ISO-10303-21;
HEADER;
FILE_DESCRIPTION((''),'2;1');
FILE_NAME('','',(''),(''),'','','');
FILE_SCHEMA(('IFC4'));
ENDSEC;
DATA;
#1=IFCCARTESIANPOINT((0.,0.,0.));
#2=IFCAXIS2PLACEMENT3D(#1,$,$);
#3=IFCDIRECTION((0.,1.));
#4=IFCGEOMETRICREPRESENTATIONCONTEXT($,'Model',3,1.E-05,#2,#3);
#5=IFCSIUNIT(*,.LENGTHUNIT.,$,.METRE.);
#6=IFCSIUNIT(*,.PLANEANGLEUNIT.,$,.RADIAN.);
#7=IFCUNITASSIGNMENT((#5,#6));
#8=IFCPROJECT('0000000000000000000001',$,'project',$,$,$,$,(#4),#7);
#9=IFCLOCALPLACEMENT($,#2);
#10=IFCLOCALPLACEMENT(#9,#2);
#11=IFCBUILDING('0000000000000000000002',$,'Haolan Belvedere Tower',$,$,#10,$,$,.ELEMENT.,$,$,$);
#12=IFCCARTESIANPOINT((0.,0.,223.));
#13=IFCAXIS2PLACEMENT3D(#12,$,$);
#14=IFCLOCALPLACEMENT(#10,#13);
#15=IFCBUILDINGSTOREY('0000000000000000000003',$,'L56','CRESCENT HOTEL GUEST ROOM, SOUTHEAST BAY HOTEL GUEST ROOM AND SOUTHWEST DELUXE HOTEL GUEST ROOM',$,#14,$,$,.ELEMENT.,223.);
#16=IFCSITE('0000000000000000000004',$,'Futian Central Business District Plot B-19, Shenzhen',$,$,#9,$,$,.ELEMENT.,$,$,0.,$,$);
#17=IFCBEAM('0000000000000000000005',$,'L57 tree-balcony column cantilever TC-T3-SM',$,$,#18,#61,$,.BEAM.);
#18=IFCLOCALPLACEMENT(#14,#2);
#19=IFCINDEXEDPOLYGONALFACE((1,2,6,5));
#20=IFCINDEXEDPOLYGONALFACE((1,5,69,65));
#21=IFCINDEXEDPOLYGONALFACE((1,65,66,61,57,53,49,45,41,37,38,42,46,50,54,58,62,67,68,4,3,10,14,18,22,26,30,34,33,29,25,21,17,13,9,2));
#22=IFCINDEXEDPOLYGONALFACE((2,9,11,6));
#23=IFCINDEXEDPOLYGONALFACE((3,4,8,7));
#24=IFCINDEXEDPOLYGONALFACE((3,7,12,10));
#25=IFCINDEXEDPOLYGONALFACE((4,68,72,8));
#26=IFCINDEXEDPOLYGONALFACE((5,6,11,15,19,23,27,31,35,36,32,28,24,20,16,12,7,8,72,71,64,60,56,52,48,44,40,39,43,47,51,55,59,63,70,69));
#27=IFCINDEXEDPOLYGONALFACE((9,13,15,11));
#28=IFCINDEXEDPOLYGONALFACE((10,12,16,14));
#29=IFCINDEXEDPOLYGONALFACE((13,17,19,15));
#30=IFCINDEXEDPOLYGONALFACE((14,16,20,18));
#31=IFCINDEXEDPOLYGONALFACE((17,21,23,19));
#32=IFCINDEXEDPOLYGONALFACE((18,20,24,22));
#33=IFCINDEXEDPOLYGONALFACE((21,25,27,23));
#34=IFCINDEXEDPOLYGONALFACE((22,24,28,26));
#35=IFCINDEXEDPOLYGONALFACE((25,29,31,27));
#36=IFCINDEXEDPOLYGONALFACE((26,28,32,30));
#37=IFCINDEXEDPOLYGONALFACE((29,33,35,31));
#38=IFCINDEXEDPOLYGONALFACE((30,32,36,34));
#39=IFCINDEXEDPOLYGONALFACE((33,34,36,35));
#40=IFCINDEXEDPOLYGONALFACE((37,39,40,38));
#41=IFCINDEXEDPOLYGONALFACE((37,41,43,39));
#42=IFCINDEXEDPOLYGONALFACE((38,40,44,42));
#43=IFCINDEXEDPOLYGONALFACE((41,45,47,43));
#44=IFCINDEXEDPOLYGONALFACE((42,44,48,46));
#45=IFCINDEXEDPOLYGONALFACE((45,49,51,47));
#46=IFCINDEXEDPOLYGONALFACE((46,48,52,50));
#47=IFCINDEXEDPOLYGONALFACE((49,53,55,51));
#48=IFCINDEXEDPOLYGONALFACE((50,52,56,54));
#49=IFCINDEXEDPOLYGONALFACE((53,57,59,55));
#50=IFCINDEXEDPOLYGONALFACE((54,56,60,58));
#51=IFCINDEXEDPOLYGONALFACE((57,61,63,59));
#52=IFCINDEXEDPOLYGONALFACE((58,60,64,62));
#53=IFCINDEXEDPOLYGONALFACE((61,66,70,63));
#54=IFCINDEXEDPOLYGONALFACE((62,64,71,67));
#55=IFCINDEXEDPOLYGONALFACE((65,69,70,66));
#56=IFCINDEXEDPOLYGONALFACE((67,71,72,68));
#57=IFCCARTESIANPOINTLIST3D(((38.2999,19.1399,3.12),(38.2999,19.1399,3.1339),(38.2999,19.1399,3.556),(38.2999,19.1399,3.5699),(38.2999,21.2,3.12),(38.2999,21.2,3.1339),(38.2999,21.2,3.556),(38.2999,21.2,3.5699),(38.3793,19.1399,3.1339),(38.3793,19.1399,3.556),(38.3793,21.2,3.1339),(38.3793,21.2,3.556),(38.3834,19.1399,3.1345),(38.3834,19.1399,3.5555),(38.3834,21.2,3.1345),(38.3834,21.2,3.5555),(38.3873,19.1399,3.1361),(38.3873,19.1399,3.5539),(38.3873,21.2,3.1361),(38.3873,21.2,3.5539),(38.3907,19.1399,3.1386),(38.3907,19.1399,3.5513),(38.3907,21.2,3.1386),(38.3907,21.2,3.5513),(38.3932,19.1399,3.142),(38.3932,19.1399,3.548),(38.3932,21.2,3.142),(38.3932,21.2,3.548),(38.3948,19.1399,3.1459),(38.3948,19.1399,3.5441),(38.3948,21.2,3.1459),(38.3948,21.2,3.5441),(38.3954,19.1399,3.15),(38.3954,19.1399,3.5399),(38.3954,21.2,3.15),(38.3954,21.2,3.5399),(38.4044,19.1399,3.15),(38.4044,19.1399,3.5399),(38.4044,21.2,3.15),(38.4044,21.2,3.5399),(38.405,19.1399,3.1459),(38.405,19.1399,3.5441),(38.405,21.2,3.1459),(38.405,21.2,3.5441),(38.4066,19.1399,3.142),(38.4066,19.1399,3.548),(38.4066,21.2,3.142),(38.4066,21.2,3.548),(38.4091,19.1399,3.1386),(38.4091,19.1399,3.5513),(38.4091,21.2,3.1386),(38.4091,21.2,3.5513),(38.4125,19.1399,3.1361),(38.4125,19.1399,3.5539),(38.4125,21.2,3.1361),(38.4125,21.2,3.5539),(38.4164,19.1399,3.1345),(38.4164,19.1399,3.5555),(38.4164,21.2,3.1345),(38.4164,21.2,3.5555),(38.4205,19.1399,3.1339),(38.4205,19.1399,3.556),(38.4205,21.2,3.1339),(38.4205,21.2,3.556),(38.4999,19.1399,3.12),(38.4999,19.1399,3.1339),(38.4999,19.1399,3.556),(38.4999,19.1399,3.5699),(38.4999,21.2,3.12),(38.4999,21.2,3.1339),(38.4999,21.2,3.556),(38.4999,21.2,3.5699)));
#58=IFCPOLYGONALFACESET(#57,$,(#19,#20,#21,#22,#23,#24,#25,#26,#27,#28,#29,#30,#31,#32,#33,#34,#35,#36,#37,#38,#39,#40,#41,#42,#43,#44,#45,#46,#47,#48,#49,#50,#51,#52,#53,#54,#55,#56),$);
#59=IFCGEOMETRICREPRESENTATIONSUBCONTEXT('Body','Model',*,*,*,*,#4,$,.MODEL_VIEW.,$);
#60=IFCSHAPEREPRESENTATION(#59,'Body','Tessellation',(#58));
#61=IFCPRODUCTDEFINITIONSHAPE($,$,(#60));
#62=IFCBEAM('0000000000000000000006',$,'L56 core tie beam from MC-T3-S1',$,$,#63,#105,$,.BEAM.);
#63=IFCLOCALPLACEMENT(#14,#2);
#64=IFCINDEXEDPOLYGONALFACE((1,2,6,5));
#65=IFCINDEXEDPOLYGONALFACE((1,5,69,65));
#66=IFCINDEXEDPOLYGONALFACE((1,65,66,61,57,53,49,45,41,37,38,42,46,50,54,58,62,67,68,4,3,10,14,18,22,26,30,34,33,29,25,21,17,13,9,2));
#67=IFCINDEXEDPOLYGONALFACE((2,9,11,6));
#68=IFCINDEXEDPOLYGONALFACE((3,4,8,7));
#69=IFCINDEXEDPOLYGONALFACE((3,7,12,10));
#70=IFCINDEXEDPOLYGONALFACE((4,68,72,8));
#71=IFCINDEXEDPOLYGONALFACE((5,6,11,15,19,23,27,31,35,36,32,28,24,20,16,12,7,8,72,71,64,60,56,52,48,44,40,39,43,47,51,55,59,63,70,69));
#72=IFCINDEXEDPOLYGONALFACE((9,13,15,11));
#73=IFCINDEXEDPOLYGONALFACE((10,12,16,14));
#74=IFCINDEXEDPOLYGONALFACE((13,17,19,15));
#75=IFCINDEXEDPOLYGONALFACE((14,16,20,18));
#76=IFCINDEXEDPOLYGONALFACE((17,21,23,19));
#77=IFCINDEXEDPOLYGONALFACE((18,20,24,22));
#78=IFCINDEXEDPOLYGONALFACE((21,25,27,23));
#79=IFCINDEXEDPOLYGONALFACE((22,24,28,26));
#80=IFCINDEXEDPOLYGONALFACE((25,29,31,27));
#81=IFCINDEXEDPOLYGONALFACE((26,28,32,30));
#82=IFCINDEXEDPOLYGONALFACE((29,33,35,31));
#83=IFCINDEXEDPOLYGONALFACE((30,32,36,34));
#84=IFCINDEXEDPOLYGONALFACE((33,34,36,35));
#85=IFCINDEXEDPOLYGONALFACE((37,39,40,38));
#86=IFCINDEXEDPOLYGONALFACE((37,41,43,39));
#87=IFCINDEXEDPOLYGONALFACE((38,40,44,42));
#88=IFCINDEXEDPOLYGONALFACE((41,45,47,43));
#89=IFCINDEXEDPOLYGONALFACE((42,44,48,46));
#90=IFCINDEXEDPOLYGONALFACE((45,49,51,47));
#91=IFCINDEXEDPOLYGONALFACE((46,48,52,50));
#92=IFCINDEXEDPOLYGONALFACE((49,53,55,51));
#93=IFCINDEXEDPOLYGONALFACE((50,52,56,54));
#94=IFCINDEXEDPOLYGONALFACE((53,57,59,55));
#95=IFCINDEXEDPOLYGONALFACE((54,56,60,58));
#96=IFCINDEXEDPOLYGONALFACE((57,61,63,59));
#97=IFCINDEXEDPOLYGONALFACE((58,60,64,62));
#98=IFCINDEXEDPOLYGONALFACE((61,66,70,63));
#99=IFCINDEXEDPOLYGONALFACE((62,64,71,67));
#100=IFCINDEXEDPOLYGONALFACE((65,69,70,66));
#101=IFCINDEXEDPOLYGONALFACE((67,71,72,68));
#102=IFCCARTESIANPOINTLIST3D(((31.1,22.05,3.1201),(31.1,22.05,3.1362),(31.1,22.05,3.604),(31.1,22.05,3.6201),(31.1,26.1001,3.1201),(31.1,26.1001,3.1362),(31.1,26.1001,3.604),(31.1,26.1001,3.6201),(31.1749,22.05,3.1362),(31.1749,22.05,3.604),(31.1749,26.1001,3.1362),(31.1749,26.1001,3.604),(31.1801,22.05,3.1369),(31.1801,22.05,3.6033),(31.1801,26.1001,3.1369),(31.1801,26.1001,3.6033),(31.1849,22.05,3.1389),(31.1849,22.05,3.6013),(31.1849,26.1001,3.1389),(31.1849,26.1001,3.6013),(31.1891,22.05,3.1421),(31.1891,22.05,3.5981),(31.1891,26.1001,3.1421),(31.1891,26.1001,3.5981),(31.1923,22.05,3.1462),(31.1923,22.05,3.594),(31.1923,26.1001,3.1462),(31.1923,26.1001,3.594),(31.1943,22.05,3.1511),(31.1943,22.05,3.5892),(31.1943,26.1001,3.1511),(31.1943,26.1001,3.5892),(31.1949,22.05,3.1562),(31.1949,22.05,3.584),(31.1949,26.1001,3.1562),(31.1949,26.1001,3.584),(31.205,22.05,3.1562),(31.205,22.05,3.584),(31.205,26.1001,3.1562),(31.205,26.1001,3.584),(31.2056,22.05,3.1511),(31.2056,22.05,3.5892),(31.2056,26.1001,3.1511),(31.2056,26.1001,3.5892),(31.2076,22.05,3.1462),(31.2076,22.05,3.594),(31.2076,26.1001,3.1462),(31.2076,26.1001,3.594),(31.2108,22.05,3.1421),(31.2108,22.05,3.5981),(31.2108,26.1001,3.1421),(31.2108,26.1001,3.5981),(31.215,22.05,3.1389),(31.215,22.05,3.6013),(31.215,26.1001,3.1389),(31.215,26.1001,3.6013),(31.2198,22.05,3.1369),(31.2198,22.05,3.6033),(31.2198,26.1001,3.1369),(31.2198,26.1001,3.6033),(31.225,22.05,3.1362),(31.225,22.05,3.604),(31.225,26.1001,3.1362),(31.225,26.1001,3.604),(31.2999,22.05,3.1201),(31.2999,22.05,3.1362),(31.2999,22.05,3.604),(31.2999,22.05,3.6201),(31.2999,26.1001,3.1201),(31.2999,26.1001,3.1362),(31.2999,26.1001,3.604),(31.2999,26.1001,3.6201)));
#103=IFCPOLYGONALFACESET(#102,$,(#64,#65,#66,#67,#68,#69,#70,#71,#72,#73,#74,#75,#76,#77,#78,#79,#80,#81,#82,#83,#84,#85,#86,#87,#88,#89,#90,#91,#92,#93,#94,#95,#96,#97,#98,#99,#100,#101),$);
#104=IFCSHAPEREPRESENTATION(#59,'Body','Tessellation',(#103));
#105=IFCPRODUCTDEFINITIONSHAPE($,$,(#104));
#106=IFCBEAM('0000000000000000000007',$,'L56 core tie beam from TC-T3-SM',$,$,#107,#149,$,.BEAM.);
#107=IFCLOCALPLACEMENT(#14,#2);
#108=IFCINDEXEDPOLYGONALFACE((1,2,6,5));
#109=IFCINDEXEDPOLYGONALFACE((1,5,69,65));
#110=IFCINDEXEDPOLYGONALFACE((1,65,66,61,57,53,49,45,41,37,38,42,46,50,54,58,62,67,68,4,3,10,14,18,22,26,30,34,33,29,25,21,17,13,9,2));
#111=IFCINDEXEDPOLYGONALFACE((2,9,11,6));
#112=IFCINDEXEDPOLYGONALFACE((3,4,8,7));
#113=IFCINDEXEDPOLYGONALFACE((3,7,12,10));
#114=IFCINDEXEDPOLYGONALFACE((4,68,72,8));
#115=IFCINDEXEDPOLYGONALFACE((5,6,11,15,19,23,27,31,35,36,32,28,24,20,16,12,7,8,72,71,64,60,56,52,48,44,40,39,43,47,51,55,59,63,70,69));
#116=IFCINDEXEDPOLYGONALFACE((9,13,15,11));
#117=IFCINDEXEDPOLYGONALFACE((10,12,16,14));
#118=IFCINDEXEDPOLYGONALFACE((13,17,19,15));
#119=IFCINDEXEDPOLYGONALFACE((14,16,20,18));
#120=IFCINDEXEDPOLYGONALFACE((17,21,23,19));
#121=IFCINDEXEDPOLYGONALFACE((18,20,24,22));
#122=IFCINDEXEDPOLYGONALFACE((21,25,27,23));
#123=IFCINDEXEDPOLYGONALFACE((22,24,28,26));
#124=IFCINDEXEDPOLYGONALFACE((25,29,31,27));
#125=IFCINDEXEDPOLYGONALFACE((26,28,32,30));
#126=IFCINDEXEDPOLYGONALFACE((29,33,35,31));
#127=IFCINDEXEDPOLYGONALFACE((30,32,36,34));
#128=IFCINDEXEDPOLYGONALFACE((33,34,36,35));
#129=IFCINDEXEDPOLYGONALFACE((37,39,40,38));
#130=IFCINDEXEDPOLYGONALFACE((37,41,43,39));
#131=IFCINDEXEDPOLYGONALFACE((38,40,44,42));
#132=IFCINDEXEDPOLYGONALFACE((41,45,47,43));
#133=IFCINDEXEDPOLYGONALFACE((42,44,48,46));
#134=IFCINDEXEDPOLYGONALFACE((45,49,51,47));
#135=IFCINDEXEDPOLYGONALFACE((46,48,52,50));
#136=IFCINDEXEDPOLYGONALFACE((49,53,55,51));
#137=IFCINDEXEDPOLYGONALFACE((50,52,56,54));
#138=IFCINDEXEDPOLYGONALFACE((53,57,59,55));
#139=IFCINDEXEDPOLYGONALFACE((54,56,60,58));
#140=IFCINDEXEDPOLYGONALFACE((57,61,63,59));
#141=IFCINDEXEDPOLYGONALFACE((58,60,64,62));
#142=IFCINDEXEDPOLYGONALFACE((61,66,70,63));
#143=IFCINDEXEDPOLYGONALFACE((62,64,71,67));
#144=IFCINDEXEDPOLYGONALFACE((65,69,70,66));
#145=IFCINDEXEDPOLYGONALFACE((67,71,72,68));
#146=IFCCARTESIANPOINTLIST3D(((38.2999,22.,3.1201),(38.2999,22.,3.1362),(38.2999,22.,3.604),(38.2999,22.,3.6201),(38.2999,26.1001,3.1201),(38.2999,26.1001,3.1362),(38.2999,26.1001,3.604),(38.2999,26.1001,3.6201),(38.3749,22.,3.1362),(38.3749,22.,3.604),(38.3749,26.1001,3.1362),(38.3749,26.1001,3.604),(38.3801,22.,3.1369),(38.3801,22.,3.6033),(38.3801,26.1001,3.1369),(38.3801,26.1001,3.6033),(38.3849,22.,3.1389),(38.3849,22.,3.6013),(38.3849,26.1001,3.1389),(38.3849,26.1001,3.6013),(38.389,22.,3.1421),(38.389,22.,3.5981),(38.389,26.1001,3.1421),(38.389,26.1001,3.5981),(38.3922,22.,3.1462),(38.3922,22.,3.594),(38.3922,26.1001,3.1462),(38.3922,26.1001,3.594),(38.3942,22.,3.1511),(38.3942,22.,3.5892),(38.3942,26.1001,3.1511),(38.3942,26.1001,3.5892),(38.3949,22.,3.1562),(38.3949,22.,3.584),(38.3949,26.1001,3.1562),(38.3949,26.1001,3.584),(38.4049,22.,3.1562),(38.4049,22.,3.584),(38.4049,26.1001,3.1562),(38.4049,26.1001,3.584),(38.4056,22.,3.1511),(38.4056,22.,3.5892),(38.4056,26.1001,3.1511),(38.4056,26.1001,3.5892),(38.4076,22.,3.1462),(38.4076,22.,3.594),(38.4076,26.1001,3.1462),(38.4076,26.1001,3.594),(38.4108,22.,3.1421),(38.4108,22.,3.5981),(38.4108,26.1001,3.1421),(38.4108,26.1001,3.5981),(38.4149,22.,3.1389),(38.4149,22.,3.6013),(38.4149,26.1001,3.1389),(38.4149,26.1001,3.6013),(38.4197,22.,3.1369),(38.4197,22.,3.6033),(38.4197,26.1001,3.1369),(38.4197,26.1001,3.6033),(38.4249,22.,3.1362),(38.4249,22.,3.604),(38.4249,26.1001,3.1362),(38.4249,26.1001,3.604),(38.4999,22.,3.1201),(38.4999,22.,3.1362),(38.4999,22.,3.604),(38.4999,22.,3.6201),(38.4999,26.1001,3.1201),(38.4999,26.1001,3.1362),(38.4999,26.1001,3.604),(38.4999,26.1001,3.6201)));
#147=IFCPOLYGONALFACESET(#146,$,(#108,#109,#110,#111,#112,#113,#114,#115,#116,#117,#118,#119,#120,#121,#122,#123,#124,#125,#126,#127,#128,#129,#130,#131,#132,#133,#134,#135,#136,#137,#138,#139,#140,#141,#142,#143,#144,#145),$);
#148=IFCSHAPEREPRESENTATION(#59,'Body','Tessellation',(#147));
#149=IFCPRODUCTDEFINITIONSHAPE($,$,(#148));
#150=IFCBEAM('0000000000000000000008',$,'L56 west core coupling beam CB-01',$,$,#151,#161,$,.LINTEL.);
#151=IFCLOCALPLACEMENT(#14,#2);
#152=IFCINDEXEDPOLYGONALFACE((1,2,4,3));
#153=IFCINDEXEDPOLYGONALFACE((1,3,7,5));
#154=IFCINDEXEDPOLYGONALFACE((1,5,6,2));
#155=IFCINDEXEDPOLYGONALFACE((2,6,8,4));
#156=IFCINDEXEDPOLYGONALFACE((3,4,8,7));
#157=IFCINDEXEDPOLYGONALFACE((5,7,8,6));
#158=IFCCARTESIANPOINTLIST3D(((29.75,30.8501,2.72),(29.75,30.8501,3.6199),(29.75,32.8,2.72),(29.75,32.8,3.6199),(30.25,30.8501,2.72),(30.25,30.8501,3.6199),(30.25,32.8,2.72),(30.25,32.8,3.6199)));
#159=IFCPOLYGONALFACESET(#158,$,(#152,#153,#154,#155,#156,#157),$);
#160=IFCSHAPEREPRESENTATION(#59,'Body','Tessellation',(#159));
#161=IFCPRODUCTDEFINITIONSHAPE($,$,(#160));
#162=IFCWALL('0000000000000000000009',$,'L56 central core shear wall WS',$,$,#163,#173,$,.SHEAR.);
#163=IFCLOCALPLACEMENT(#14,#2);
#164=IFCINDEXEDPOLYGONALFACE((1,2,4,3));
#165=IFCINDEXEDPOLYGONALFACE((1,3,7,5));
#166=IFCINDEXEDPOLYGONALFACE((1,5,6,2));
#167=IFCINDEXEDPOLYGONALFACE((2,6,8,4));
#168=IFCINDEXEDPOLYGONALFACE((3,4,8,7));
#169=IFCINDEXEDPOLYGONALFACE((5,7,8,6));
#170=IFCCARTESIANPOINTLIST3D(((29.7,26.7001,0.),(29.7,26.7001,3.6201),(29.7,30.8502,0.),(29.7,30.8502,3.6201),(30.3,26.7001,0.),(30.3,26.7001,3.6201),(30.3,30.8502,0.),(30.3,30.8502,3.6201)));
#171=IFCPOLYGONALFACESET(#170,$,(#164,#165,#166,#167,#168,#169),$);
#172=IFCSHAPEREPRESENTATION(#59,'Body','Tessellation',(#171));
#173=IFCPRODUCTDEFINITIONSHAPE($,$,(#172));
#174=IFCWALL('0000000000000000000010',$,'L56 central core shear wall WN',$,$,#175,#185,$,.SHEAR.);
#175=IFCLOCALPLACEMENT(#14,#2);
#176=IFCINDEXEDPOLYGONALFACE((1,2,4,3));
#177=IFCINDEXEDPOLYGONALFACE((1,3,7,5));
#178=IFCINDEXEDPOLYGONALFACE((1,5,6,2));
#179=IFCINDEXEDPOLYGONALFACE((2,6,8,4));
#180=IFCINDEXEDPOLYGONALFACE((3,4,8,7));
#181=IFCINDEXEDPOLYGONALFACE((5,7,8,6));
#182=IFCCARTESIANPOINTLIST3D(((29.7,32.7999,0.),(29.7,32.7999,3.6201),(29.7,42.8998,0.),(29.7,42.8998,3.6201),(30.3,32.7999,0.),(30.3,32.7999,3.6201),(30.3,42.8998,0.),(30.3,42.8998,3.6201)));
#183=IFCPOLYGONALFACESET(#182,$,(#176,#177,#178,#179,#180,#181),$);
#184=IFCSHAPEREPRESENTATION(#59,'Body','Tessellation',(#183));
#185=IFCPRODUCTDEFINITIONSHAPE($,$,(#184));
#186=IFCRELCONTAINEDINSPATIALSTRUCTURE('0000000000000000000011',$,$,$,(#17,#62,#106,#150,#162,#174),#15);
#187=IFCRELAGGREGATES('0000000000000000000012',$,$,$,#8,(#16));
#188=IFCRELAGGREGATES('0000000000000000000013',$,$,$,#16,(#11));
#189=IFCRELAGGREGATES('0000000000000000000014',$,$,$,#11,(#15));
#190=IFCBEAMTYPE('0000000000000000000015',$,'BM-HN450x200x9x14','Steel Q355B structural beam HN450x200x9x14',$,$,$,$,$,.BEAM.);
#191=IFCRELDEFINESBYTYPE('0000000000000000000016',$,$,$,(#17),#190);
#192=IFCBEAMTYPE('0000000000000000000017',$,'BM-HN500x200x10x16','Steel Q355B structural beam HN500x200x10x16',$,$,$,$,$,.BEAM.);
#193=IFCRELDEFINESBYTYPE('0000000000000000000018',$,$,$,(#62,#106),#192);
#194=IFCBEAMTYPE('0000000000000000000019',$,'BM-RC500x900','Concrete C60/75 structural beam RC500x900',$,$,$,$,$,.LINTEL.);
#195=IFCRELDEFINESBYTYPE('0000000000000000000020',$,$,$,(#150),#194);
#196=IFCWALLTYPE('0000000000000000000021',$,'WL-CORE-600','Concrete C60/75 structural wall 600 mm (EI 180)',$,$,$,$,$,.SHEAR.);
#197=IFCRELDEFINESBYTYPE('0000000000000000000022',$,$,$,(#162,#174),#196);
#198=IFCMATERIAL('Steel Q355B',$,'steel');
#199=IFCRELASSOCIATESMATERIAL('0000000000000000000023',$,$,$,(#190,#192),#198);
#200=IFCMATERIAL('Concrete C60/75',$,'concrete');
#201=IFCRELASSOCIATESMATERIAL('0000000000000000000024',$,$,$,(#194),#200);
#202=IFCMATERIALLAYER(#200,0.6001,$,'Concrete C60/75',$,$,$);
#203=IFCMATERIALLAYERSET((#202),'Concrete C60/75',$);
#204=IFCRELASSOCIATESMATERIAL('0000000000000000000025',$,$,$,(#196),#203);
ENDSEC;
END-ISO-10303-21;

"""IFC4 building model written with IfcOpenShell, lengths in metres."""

from ifc_helpers import new_model, si_unit, direction, frame, frame_2d, origin, origin_2d, place, context, subcontext, project, spatial, rectangle, i_section, extrude, material, layer, layer_set, material_profile, profile_set, type_object, element, save


model = new_model("IFC4")

# Units and contexts
model_context = context("Model", 3, precision=1e-05, world=origin(), true_north=direction((0.0, 1.0)))
body_context = subcontext(model_context, "Body", "Model", "MODEL_VIEW")
ifc_project = project(units=[si_unit("LENGTHUNIT", "METRE"), si_unit("PLANEANGLEUNIT", "RADIAN")], contexts=[model_context])

# Site, building, storey
site_placement = place(None, origin())
site = spatial("IfcSite", under=ifc_project, at=site_placement, Name="Futian Central Business District Plot B-19, Shenzhen", CompositionType="ELEMENT", RefElevation=0.0)
building_placement = place(site_placement, origin())
building = spatial("IfcBuilding", under=site, at=building_placement, Name="Haolan Belvedere Tower", CompositionType="ELEMENT")
storey_placement = place(building_placement, frame((0.0, 0.0, 223.0)))
storey = spatial("IfcBuildingStorey", under=building, at=storey_placement, Name="L56", Description="CRESCENT HOTEL GUEST ROOM, SOUTHEAST BAY HOTEL GUEST ROOM AND SOUTHWEST DELUXE HOTEL GUEST ROOM", CompositionType="ELEMENT", Elevation=223.0)

# Beams
ifc_material_1 = material(Name="Steel Q355B", Category="steel")
ifc_material_profile_1 = material_profile(ifc_material_1, i_section(OverallWidth=0.2, OverallDepth=0.45, WebThickness=0.009, FlangeThickness=0.0139, FilletRadius=0.0161, at=origin_2d()), Name="Steel Q355B")
ifc_profile_set_1 = profile_set([ifc_material_profile_1], Name="Steel Q355B")
beam_type_1 = type_object("IfcBeamType", Name="BM-HN450x200x9x14", Description="Steel Q355B structural beam HN450x200x9x14", PredefinedType="BEAM", material=ifc_profile_set_1)
beam_1_placement = place(storey_placement, frame((38.3999, 21.2, 3.345), z_axis=(0.0, -1.0, 0.0), x_axis=(1.0, 0.0, 0.0)))
element("IfcBeam", 1, at=beam_1_placement, inside=storey, type_object=beam_type_1, Name="L57 tree-balcony column cantilever TC-T3-SM", PredefinedType="BEAM", context=body_context, shape_type="SweptSolid", body=[
    extrude(i_section(OverallWidth=0.2, OverallDepth=0.45, WebThickness=0.009, FlangeThickness=0.0139, FilletRadius=0.0161, at=origin_2d()), origin(), (0.0, 0.0, 1.0), 2.0601),
])
ifc_material_profile_2 = material_profile(ifc_material_1, i_section(OverallWidth=0.2, OverallDepth=0.5, WebThickness=0.01, FlangeThickness=0.0161, FilletRadius=0.02, at=origin_2d()), Name="Steel Q355B")
ifc_profile_set_2 = profile_set([ifc_material_profile_2], Name="Steel Q355B")
beam_type_2 = type_object("IfcBeamType", Name="BM-HN500x200x10x16", Description="Steel Q355B structural beam HN500x200x10x16", PredefinedType="BEAM", material=ifc_profile_set_2)
beam_2_placement = place(storey_placement, frame((31.2, 22.05, 3.3701), z_axis=(0.0, 1.0, 0.0), x_axis=(-1.0, 0.0, 0.0)))
element("IfcBeam", 2, at=beam_2_placement, inside=storey, type_object=beam_type_2, Name="L56 core tie beam from MC-T3-S1", PredefinedType="BEAM", context=body_context, shape_type="SweptSolid", body=[
    extrude(i_section(OverallWidth=0.2, OverallDepth=0.5, WebThickness=0.01, FlangeThickness=0.0161, FilletRadius=0.02, at=origin_2d()), origin(), (0.0, 0.0, 1.0), 4.05),
])
beam_3_placement = place(storey_placement, frame((38.3999, 22.0, 3.3701), z_axis=(0.0, 1.0, 0.0), x_axis=(-1.0, 0.0, 0.0)))
element("IfcBeam", 3, at=beam_3_placement, inside=storey, type_object=beam_type_2, Name="L56 core tie beam from TC-T3-SM", PredefinedType="BEAM", context=body_context, shape_type="SweptSolid", body=[
    extrude(i_section(OverallWidth=0.2, OverallDepth=0.5, WebThickness=0.01, FlangeThickness=0.0161, FilletRadius=0.02, at=origin_2d()), origin(), (0.0, 0.0, 1.0), 4.1001),
])
ifc_material_2 = material(Name="Concrete C60/75", Category="concrete")
ifc_material_profile_3 = material_profile(ifc_material_2, rectangle(XDim=0.5, YDim=0.8999, at=origin_2d()), Name="Concrete C60/75")
ifc_profile_set_3 = profile_set([ifc_material_profile_3], Name="Concrete C60/75")
beam_type_3 = type_object("IfcBeamType", Name="BM-RC500x900", Description="Concrete C60/75 structural beam RC500x900", PredefinedType="LINTEL", material=ifc_profile_set_3)
beam_4_placement = place(storey_placement, frame((30.0, 30.8501, 3.1699), z_axis=(0.0, 1.0, 0.0), x_axis=(-1.0, 0.0, 0.0)))
element("IfcBeam", 4, at=beam_4_placement, inside=storey, type_object=beam_type_3, Name="L56 west core coupling beam CB-01", PredefinedType="LINTEL", context=body_context, shape_type="SweptSolid", body=[
    extrude(rectangle(XDim=0.5, YDim=0.8999, at=origin_2d()), origin(), (0.0, 0.0, 1.0), 1.95),
])

# Walls
ifc_layer_1 = layer(ifc_material_2, 0.6001, Name="Concrete C60/75")
ifc_layer_set_1 = layer_set([ifc_layer_1], Name="Concrete C60/75")
wall_type_1 = type_object("IfcWallType", Name="WL-CORE-600", Description="Concrete C60/75 structural wall 600 mm (EI 180)", PredefinedType="SHEAR", material=ifc_layer_set_1)
wall_1_placement = place(storey_placement, frame((30.0, 26.7, 0.0), z_axis=(0.0, 0.0, 1.0), x_axis=(0.0, 1.0, 0.0)))
element("IfcWall", 5, at=wall_1_placement, inside=storey, type_object=wall_type_1, Name="L56 central core shear wall WS", PredefinedType="SHEAR", context=body_context, shape_type="SweptSolid", body=[
    extrude(rectangle(XDim=4.1501, YDim=0.6001, at=frame_2d((2.0752, 0.0))), origin(), (0.0, 0.0, 1.0), 3.6201),
])
wall_2_placement = place(storey_placement, frame((30.0, 32.8, 0.0), z_axis=(0.0, 0.0, 1.0), x_axis=(0.0, 1.0, 0.0)))
element("IfcWall", 6, at=wall_2_placement, inside=storey, type_object=wall_type_1, Name="L56 central core shear wall WN", PredefinedType="SHEAR", context=body_context, shape_type="SweptSolid", body=[
    extrude(rectangle(XDim=10.0999, YDim=0.6001, at=frame_2d((5.0498, 0.0))), origin(), (0.0, 0.0, 1.0), 3.6201),
])

save(model, "model.ifc")
